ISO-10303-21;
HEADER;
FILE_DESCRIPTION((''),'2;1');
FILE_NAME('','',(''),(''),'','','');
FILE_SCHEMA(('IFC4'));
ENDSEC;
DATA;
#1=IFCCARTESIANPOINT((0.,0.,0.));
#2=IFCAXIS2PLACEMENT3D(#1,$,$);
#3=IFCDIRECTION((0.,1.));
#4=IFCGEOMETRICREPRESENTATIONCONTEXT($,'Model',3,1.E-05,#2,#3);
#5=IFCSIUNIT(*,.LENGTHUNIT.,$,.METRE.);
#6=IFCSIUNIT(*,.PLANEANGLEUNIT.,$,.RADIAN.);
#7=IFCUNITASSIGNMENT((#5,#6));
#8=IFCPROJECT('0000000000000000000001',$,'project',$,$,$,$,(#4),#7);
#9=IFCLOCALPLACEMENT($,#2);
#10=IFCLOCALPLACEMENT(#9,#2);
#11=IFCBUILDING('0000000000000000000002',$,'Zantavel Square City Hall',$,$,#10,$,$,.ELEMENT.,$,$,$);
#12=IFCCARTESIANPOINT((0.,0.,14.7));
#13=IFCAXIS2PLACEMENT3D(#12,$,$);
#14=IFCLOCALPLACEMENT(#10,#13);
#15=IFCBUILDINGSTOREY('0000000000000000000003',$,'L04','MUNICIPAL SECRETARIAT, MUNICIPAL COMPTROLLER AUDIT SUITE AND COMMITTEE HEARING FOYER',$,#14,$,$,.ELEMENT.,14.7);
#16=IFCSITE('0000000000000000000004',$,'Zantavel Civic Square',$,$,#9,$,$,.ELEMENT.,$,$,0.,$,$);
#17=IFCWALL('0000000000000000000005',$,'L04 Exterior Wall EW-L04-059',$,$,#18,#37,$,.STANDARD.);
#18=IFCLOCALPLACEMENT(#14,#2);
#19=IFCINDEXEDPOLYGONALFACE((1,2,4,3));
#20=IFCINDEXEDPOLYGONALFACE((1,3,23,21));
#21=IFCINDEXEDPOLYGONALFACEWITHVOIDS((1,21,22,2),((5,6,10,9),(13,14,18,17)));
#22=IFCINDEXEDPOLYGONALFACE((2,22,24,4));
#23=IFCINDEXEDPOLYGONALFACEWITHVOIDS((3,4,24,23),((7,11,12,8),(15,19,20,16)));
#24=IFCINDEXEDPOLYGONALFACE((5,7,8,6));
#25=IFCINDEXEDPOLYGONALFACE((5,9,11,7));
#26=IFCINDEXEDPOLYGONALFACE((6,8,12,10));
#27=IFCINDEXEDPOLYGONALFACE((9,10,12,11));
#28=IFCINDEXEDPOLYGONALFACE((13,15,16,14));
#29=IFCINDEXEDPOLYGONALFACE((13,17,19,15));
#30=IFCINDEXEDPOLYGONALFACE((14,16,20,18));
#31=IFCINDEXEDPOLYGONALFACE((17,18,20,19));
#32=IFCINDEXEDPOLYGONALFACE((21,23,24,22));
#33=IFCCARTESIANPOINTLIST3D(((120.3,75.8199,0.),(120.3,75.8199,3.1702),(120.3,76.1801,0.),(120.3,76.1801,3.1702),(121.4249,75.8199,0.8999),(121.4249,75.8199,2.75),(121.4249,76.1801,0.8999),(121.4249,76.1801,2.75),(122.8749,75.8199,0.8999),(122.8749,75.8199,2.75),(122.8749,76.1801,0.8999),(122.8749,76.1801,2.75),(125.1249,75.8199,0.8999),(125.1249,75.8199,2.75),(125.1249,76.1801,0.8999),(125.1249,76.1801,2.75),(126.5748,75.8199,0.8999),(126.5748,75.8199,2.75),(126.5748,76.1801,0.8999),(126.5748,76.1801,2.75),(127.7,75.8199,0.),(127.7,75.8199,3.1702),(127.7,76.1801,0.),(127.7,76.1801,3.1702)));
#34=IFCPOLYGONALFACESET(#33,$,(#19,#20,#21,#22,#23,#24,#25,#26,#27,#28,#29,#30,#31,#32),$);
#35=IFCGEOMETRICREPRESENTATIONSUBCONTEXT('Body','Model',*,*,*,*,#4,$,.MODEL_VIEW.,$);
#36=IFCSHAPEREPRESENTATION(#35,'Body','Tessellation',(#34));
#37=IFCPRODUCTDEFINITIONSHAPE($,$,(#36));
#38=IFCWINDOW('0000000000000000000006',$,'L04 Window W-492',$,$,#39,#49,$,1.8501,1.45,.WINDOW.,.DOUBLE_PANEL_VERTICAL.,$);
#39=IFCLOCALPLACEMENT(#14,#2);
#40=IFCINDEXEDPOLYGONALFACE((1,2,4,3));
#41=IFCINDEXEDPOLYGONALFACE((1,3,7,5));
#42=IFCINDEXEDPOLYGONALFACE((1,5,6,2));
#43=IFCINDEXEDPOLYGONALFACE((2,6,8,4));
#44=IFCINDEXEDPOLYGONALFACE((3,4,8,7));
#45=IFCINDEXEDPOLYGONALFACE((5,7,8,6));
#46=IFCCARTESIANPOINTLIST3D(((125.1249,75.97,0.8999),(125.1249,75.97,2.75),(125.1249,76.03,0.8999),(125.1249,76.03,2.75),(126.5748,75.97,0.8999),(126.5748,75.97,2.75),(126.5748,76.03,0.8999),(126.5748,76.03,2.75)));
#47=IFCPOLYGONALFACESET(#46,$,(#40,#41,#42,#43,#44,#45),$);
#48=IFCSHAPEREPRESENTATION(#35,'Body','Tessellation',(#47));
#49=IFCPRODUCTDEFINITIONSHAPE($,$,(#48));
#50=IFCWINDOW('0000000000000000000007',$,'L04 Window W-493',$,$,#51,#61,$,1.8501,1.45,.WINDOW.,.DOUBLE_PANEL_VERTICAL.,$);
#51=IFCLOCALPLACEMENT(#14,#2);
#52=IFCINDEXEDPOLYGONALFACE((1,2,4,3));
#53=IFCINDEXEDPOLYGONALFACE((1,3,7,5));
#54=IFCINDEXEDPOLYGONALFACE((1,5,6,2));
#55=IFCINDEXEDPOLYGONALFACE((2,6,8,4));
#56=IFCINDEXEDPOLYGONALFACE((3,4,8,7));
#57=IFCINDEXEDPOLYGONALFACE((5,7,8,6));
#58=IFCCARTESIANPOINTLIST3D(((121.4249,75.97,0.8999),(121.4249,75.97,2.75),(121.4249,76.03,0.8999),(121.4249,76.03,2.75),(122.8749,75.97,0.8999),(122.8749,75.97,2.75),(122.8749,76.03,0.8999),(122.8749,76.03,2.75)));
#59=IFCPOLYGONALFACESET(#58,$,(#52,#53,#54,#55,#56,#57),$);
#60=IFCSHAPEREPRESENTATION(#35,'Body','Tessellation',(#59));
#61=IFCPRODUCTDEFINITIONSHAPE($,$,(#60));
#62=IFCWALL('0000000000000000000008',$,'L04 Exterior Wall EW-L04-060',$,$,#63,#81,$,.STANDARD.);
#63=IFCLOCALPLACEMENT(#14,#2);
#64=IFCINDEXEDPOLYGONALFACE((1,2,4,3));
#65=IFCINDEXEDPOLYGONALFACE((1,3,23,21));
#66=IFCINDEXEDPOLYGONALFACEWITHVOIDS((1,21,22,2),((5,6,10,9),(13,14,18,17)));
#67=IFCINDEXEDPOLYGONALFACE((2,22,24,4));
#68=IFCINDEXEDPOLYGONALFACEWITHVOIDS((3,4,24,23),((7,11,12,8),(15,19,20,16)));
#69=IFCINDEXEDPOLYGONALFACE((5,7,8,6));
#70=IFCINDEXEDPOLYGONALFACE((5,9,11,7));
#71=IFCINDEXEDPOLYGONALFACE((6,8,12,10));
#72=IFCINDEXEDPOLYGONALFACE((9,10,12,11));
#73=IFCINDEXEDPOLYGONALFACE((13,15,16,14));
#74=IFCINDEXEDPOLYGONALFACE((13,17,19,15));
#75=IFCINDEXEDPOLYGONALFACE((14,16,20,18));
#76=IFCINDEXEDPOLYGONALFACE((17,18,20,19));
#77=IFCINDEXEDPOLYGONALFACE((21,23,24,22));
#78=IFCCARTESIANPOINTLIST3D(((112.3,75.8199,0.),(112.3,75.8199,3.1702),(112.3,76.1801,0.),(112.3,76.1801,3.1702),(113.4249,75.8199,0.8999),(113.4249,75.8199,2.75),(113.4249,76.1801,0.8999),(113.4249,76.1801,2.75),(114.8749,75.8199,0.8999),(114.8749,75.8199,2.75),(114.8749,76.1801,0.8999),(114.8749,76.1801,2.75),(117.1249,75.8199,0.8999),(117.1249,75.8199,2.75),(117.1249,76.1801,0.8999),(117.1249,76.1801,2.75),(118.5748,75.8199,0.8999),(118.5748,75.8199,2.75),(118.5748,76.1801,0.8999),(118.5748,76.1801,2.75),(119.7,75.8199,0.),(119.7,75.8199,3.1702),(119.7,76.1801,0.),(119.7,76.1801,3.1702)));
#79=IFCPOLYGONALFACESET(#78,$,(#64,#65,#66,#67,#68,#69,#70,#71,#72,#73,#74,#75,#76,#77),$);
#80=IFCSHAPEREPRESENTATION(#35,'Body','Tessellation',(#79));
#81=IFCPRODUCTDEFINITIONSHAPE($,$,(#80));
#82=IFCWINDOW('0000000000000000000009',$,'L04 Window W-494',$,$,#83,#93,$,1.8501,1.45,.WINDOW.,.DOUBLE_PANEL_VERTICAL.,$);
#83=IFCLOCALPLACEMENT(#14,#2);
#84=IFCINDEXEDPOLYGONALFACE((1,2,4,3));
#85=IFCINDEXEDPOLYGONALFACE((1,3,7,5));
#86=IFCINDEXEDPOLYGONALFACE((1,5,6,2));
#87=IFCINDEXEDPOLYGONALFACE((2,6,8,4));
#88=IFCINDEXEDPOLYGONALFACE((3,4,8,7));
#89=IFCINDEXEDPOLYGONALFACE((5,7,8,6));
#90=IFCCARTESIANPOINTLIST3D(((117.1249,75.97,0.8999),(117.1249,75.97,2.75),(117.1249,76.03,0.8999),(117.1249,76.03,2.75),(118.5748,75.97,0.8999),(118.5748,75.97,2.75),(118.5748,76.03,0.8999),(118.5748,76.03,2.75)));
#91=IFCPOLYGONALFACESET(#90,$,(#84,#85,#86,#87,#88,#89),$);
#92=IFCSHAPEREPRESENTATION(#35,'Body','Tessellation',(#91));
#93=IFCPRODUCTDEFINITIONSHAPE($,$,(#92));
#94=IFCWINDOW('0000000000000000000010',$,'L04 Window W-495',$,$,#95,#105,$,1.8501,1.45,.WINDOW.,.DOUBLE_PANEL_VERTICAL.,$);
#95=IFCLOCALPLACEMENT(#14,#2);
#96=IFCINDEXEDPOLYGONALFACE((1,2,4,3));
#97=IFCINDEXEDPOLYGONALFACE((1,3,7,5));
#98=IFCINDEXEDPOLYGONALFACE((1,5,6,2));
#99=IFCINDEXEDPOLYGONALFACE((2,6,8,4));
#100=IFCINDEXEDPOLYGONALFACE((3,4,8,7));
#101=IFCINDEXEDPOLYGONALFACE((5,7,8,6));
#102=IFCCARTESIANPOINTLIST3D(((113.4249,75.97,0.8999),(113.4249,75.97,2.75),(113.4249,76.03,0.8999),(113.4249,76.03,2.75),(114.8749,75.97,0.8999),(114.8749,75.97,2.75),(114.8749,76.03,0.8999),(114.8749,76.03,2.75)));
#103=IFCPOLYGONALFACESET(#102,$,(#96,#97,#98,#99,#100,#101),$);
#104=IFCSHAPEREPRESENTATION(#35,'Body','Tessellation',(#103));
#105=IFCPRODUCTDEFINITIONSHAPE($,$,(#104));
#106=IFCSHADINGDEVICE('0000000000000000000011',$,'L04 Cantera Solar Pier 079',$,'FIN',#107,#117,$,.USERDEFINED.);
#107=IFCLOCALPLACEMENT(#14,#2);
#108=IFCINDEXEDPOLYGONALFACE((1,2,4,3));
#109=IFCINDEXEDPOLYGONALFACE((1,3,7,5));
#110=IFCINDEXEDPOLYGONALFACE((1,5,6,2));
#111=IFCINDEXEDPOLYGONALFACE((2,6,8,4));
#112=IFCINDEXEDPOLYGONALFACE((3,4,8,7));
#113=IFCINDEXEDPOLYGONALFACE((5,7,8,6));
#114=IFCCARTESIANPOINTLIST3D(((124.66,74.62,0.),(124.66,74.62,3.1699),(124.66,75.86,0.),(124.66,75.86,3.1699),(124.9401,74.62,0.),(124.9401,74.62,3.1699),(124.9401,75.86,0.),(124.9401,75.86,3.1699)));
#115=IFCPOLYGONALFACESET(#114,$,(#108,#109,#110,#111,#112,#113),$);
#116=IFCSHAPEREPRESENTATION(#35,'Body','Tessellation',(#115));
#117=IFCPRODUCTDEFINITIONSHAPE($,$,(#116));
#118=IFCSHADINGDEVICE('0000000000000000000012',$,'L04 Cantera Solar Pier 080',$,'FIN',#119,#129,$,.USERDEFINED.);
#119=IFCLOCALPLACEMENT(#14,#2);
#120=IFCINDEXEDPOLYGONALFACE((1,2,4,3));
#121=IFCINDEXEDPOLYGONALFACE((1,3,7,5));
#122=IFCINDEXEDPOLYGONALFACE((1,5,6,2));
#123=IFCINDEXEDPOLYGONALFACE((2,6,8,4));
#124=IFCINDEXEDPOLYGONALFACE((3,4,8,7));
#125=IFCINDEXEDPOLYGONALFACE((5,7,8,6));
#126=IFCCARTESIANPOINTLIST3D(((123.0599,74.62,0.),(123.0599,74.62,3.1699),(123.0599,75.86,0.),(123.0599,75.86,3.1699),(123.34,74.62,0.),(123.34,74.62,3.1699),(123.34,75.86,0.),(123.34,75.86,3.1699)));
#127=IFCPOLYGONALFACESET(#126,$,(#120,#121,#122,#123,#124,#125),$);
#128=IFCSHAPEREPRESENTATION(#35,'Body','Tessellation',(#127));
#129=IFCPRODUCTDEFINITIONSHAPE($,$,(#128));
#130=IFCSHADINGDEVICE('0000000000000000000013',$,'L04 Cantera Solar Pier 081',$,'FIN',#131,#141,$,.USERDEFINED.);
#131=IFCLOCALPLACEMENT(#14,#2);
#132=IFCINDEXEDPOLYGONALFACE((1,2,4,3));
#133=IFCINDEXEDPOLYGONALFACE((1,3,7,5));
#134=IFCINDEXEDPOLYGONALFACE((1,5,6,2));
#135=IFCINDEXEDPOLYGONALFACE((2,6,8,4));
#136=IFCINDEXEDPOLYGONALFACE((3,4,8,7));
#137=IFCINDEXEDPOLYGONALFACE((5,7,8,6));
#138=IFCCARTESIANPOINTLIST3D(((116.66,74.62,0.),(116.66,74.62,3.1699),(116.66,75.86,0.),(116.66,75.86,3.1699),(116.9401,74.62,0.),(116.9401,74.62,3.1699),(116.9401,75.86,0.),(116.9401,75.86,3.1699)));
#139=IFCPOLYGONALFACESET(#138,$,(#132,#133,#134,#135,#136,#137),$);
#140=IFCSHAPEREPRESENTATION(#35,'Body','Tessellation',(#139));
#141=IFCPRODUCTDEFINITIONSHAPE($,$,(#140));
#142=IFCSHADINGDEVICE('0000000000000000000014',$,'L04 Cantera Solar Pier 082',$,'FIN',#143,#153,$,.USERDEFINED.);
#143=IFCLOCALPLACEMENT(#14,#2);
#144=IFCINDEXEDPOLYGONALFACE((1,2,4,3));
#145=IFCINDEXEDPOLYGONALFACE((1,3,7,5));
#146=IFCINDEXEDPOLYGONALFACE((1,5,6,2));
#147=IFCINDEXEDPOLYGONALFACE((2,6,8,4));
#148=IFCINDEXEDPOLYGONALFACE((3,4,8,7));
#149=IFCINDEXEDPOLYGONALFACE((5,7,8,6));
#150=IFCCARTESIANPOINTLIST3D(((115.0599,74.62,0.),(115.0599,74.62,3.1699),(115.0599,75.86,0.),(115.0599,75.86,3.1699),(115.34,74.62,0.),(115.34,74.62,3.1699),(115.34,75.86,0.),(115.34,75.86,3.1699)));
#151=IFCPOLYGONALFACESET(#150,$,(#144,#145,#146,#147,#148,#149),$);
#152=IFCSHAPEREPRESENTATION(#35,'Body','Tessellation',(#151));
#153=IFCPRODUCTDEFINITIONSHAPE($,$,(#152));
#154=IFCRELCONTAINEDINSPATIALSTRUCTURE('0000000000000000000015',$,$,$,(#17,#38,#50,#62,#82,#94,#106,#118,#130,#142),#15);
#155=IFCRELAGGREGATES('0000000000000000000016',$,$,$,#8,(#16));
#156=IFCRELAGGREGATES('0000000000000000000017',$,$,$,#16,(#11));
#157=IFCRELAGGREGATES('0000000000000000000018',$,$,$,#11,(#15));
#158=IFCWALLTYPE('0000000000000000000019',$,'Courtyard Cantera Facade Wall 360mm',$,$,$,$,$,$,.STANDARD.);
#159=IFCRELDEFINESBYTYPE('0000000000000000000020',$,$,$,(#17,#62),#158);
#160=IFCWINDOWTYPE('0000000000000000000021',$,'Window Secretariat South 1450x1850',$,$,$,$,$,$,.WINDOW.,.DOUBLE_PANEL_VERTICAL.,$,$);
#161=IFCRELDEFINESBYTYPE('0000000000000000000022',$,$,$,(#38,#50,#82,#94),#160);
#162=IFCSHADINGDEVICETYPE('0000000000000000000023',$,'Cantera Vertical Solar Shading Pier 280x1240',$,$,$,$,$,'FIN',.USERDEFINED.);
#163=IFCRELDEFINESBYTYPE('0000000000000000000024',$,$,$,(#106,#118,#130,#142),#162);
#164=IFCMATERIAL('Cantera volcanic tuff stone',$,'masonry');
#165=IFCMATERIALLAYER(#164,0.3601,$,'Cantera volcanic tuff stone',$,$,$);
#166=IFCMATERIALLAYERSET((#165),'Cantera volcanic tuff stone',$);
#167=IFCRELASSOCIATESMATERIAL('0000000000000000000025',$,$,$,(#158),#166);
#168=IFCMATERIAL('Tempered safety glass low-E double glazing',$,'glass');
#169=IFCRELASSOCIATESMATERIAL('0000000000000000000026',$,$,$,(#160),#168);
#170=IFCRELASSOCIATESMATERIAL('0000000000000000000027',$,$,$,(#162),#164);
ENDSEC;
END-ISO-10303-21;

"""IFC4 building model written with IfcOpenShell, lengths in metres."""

from ifc_helpers import new_model, si_unit, direction, frame, frame_2d, origin, origin_2d, place, context, subcontext, project, spatial, rectangle, extrude, material, layer, layer_set, type_object, element, fill, save


model = new_model("IFC4")

# Units and contexts
model_context = context("Model", 3, precision=1e-05, world=origin(), true_north=direction((0.0, 1.0)))
body_context = subcontext(model_context, "Body", "Model", "MODEL_VIEW")
ifc_project = project(units=[si_unit("LENGTHUNIT", "METRE"), si_unit("PLANEANGLEUNIT", "RADIAN")], contexts=[model_context])

# Site, building, storey
site_placement = place(None, origin())
site = spatial("IfcSite", under=ifc_project, at=site_placement, Name="Zantavel Civic Square", CompositionType="ELEMENT", RefElevation=0.0)
building_placement = place(site_placement, origin())
building = spatial("IfcBuilding", under=site, at=building_placement, Name="Zantavel Square City Hall", CompositionType="ELEMENT")
storey_placement = place(building_placement, frame((0.0, 0.0, 14.7)))
storey = spatial("IfcBuildingStorey", under=building, at=storey_placement, Name="L04", Description="MUNICIPAL SECRETARIAT, MUNICIPAL COMPTROLLER AUDIT SUITE AND COMMITTEE HEARING FOYER", CompositionType="ELEMENT", Elevation=14.7)

# Walls, openings, windows
ifc_material_1 = material(Name="Cantera volcanic tuff stone", Category="masonry")
ifc_layer_1 = layer(ifc_material_1, 0.3601, Name="Cantera volcanic tuff stone")
ifc_layer_set_1 = layer_set([ifc_layer_1], Name="Cantera volcanic tuff stone")
wall_type_1 = type_object("IfcWallType", Name="Courtyard Cantera Facade Wall 360mm", PredefinedType="STANDARD", material=ifc_layer_set_1)
wall_1_placement = place(storey_placement, frame((127.7, 76.0, 0.0), z_axis=(0.0, 0.0, 1.0), x_axis=(-1.0, 0.0, 0.0)))
wall_1 = element("IfcWall", 1, at=wall_1_placement, inside=storey, type_object=wall_type_1, Name="L04 Exterior Wall EW-L04-059", PredefinedType="STANDARD", context=body_context, shape_type="SweptSolid", body=[
    extrude(rectangle(XDim=7.3999, YDim=0.3601, at=frame_2d((3.7, 0.0))), origin(), (0.0, 0.0, 1.0), 3.1702),
])
opening_1_placement = place(wall_1_placement, frame((1.125, 0.0, 0.8999)))
opening_1 = element("IfcOpeningElement", 2, at=opening_1_placement, cuts=wall_1, PredefinedType="OPENING", context=body_context, shape_type="SweptSolid", body=[
    extrude(rectangle(XDim=1.45, YDim=1.8501, at=frame_2d((0.7251, 0.925))), frame((0.0, 0.1899, 0.0), z_axis=(0.0, -1.0, 0.0), x_axis=(1.0, 0.0, 0.0)), (0.0, 0.0, 1.0), 0.3801),
])
opening_2_placement = place(wall_1_placement, frame((4.825, 0.0, 0.8999)))
opening_2 = element("IfcOpeningElement", 3, at=opening_2_placement, cuts=wall_1, PredefinedType="OPENING", context=body_context, shape_type="SweptSolid", body=[
    extrude(rectangle(XDim=1.45, YDim=1.8501, at=frame_2d((0.7251, 0.925))), frame((0.0, 0.1899, 0.0), z_axis=(0.0, -1.0, 0.0), x_axis=(1.0, 0.0, 0.0)), (0.0, 0.0, 1.0), 0.3801),
])
ifc_material_2 = material(Name="Tempered safety glass low-E double glazing", Category="glass")
window_type = type_object("IfcWindowType", Name="Window Secretariat South 1450x1850", PartitioningType="DOUBLE_PANEL_VERTICAL", PredefinedType="WINDOW", material=ifc_material_2)
window_1_placement = place(opening_1_placement, origin())
window_1 = element("IfcWindow", 4, at=window_1_placement, inside=storey, type_object=window_type, Name="L04 Window W-492", OverallHeight=1.8501, OverallWidth=1.45, PartitioningType="DOUBLE_PANEL_VERTICAL", PredefinedType="WINDOW", context=body_context, shape_type="SweptSolid", body=[
    extrude(rectangle(XDim=1.45, YDim=1.8501, at=frame_2d((0.7251, 0.925))), frame((0.0, 0.03, 0.0), z_axis=(0.0, -1.0, 0.0), x_axis=(1.0, 0.0, 0.0)), (0.0, 0.0, 1.0), 0.0601),
])
fill(opening_1, window_1)
window_2_placement = place(opening_2_placement, origin())
window_2 = element("IfcWindow", 5, at=window_2_placement, inside=storey, type_object=window_type, Name="L04 Window W-493", OverallHeight=1.8501, OverallWidth=1.45, PartitioningType="DOUBLE_PANEL_VERTICAL", PredefinedType="WINDOW", context=body_context, shape_type="SweptSolid", body=[
    extrude(rectangle(XDim=1.45, YDim=1.8501, at=frame_2d((0.7251, 0.925))), frame((0.0, 0.03, 0.0), z_axis=(0.0, -1.0, 0.0), x_axis=(1.0, 0.0, 0.0)), (0.0, 0.0, 1.0), 0.0601),
])
fill(opening_2, window_2)
wall_2_placement = place(storey_placement, frame((119.7, 76.0, 0.0), z_axis=(0.0, 0.0, 1.0), x_axis=(-1.0, 0.0, 0.0)))
wall_2 = element("IfcWall", 6, at=wall_2_placement, inside=storey, type_object=wall_type_1, Name="L04 Exterior Wall EW-L04-060", PredefinedType="STANDARD", context=body_context, shape_type="SweptSolid", body=[
    extrude(rectangle(XDim=7.3999, YDim=0.3601, at=frame_2d((3.7, 0.0))), origin(), (0.0, 0.0, 1.0), 3.1702),
])
opening_3_placement = place(wall_2_placement, frame((1.125, 0.0, 0.8999)))
opening_3 = element("IfcOpeningElement", 7, at=opening_3_placement, cuts=wall_2, PredefinedType="OPENING", context=body_context, shape_type="SweptSolid", body=[
    extrude(rectangle(XDim=1.45, YDim=1.8501, at=frame_2d((0.7251, 0.925))), frame((0.0, 0.1899, 0.0), z_axis=(0.0, -1.0, 0.0), x_axis=(1.0, 0.0, 0.0)), (0.0, 0.0, 1.0), 0.3801),
])
opening_4_placement = place(wall_2_placement, frame((4.825, 0.0, 0.8999)))
opening_4 = element("IfcOpeningElement", 8, at=opening_4_placement, cuts=wall_2, PredefinedType="OPENING", context=body_context, shape_type="SweptSolid", body=[
    extrude(rectangle(XDim=1.45, YDim=1.8501, at=frame_2d((0.7251, 0.925))), frame((0.0, 0.1899, 0.0), z_axis=(0.0, -1.0, 0.0), x_axis=(1.0, 0.0, 0.0)), (0.0, 0.0, 1.0), 0.3801),
])
window_3_placement = place(opening_3_placement, origin())
window_3 = element("IfcWindow", 9, at=window_3_placement, inside=storey, type_object=window_type, Name="L04 Window W-494", OverallHeight=1.8501, OverallWidth=1.45, PartitioningType="DOUBLE_PANEL_VERTICAL", PredefinedType="WINDOW", context=body_context, shape_type="SweptSolid", body=[
    extrude(rectangle(XDim=1.45, YDim=1.8501, at=frame_2d((0.7251, 0.925))), frame((0.0, 0.03, 0.0), z_axis=(0.0, -1.0, 0.0), x_axis=(1.0, 0.0, 0.0)), (0.0, 0.0, 1.0), 0.0601),
])
fill(opening_3, window_3)
window_4_placement = place(opening_4_placement, origin())
window_4 = element("IfcWindow", 10, at=window_4_placement, inside=storey, type_object=window_type, Name="L04 Window W-495", OverallHeight=1.8501, OverallWidth=1.45, PartitioningType="DOUBLE_PANEL_VERTICAL", PredefinedType="WINDOW", context=body_context, shape_type="SweptSolid", body=[
    extrude(rectangle(XDim=1.45, YDim=1.8501, at=frame_2d((0.7251, 0.925))), frame((0.0, 0.03, 0.0), z_axis=(0.0, -1.0, 0.0), x_axis=(1.0, 0.0, 0.0)), (0.0, 0.0, 1.0), 0.0601),
])
fill(opening_4, window_4)

# Shading devices
shading_device_type = type_object("IfcShadingDeviceType", Name="Cantera Vertical Solar Shading Pier 280x1240", ElementType="FIN", PredefinedType="USERDEFINED", material=ifc_material_1)
for number, where, z_axis, x_axis, name in (
    (11, (124.8, 75.24, 0.0), (0.0, 0.0, 1.0), (1.0, 0.0, 0.0), "L04 Cantera Solar Pier 079"),
    (12, (123.2, 75.24, 0.0), (0.0, 0.0, 1.0), (1.0, 0.0, 0.0), "L04 Cantera Solar Pier 080"),
    (13, (116.8, 75.24, 0.0), (0.0, 0.0, 1.0), (1.0, 0.0, 0.0), "L04 Cantera Solar Pier 081"),
    (14, (115.2, 75.24, 0.0), (0.0, 0.0, 1.0), (1.0, 0.0, 0.0), "L04 Cantera Solar Pier 082"),
):
    element("IfcShadingDevice", number, at=place(storey_placement, frame(where, z_axis=z_axis, x_axis=x_axis)), inside=storey, type_object=shading_device_type, Name=name, ObjectType="FIN", PredefinedType="USERDEFINED", context=body_context, shape_type="SweptSolid", body=[
        extrude(rectangle(XDim=0.28, YDim=1.24, at=origin_2d()), origin(), (0.0, 0.0, 1.0), 3.1699),
    ])

save(model, "model.ifc")
